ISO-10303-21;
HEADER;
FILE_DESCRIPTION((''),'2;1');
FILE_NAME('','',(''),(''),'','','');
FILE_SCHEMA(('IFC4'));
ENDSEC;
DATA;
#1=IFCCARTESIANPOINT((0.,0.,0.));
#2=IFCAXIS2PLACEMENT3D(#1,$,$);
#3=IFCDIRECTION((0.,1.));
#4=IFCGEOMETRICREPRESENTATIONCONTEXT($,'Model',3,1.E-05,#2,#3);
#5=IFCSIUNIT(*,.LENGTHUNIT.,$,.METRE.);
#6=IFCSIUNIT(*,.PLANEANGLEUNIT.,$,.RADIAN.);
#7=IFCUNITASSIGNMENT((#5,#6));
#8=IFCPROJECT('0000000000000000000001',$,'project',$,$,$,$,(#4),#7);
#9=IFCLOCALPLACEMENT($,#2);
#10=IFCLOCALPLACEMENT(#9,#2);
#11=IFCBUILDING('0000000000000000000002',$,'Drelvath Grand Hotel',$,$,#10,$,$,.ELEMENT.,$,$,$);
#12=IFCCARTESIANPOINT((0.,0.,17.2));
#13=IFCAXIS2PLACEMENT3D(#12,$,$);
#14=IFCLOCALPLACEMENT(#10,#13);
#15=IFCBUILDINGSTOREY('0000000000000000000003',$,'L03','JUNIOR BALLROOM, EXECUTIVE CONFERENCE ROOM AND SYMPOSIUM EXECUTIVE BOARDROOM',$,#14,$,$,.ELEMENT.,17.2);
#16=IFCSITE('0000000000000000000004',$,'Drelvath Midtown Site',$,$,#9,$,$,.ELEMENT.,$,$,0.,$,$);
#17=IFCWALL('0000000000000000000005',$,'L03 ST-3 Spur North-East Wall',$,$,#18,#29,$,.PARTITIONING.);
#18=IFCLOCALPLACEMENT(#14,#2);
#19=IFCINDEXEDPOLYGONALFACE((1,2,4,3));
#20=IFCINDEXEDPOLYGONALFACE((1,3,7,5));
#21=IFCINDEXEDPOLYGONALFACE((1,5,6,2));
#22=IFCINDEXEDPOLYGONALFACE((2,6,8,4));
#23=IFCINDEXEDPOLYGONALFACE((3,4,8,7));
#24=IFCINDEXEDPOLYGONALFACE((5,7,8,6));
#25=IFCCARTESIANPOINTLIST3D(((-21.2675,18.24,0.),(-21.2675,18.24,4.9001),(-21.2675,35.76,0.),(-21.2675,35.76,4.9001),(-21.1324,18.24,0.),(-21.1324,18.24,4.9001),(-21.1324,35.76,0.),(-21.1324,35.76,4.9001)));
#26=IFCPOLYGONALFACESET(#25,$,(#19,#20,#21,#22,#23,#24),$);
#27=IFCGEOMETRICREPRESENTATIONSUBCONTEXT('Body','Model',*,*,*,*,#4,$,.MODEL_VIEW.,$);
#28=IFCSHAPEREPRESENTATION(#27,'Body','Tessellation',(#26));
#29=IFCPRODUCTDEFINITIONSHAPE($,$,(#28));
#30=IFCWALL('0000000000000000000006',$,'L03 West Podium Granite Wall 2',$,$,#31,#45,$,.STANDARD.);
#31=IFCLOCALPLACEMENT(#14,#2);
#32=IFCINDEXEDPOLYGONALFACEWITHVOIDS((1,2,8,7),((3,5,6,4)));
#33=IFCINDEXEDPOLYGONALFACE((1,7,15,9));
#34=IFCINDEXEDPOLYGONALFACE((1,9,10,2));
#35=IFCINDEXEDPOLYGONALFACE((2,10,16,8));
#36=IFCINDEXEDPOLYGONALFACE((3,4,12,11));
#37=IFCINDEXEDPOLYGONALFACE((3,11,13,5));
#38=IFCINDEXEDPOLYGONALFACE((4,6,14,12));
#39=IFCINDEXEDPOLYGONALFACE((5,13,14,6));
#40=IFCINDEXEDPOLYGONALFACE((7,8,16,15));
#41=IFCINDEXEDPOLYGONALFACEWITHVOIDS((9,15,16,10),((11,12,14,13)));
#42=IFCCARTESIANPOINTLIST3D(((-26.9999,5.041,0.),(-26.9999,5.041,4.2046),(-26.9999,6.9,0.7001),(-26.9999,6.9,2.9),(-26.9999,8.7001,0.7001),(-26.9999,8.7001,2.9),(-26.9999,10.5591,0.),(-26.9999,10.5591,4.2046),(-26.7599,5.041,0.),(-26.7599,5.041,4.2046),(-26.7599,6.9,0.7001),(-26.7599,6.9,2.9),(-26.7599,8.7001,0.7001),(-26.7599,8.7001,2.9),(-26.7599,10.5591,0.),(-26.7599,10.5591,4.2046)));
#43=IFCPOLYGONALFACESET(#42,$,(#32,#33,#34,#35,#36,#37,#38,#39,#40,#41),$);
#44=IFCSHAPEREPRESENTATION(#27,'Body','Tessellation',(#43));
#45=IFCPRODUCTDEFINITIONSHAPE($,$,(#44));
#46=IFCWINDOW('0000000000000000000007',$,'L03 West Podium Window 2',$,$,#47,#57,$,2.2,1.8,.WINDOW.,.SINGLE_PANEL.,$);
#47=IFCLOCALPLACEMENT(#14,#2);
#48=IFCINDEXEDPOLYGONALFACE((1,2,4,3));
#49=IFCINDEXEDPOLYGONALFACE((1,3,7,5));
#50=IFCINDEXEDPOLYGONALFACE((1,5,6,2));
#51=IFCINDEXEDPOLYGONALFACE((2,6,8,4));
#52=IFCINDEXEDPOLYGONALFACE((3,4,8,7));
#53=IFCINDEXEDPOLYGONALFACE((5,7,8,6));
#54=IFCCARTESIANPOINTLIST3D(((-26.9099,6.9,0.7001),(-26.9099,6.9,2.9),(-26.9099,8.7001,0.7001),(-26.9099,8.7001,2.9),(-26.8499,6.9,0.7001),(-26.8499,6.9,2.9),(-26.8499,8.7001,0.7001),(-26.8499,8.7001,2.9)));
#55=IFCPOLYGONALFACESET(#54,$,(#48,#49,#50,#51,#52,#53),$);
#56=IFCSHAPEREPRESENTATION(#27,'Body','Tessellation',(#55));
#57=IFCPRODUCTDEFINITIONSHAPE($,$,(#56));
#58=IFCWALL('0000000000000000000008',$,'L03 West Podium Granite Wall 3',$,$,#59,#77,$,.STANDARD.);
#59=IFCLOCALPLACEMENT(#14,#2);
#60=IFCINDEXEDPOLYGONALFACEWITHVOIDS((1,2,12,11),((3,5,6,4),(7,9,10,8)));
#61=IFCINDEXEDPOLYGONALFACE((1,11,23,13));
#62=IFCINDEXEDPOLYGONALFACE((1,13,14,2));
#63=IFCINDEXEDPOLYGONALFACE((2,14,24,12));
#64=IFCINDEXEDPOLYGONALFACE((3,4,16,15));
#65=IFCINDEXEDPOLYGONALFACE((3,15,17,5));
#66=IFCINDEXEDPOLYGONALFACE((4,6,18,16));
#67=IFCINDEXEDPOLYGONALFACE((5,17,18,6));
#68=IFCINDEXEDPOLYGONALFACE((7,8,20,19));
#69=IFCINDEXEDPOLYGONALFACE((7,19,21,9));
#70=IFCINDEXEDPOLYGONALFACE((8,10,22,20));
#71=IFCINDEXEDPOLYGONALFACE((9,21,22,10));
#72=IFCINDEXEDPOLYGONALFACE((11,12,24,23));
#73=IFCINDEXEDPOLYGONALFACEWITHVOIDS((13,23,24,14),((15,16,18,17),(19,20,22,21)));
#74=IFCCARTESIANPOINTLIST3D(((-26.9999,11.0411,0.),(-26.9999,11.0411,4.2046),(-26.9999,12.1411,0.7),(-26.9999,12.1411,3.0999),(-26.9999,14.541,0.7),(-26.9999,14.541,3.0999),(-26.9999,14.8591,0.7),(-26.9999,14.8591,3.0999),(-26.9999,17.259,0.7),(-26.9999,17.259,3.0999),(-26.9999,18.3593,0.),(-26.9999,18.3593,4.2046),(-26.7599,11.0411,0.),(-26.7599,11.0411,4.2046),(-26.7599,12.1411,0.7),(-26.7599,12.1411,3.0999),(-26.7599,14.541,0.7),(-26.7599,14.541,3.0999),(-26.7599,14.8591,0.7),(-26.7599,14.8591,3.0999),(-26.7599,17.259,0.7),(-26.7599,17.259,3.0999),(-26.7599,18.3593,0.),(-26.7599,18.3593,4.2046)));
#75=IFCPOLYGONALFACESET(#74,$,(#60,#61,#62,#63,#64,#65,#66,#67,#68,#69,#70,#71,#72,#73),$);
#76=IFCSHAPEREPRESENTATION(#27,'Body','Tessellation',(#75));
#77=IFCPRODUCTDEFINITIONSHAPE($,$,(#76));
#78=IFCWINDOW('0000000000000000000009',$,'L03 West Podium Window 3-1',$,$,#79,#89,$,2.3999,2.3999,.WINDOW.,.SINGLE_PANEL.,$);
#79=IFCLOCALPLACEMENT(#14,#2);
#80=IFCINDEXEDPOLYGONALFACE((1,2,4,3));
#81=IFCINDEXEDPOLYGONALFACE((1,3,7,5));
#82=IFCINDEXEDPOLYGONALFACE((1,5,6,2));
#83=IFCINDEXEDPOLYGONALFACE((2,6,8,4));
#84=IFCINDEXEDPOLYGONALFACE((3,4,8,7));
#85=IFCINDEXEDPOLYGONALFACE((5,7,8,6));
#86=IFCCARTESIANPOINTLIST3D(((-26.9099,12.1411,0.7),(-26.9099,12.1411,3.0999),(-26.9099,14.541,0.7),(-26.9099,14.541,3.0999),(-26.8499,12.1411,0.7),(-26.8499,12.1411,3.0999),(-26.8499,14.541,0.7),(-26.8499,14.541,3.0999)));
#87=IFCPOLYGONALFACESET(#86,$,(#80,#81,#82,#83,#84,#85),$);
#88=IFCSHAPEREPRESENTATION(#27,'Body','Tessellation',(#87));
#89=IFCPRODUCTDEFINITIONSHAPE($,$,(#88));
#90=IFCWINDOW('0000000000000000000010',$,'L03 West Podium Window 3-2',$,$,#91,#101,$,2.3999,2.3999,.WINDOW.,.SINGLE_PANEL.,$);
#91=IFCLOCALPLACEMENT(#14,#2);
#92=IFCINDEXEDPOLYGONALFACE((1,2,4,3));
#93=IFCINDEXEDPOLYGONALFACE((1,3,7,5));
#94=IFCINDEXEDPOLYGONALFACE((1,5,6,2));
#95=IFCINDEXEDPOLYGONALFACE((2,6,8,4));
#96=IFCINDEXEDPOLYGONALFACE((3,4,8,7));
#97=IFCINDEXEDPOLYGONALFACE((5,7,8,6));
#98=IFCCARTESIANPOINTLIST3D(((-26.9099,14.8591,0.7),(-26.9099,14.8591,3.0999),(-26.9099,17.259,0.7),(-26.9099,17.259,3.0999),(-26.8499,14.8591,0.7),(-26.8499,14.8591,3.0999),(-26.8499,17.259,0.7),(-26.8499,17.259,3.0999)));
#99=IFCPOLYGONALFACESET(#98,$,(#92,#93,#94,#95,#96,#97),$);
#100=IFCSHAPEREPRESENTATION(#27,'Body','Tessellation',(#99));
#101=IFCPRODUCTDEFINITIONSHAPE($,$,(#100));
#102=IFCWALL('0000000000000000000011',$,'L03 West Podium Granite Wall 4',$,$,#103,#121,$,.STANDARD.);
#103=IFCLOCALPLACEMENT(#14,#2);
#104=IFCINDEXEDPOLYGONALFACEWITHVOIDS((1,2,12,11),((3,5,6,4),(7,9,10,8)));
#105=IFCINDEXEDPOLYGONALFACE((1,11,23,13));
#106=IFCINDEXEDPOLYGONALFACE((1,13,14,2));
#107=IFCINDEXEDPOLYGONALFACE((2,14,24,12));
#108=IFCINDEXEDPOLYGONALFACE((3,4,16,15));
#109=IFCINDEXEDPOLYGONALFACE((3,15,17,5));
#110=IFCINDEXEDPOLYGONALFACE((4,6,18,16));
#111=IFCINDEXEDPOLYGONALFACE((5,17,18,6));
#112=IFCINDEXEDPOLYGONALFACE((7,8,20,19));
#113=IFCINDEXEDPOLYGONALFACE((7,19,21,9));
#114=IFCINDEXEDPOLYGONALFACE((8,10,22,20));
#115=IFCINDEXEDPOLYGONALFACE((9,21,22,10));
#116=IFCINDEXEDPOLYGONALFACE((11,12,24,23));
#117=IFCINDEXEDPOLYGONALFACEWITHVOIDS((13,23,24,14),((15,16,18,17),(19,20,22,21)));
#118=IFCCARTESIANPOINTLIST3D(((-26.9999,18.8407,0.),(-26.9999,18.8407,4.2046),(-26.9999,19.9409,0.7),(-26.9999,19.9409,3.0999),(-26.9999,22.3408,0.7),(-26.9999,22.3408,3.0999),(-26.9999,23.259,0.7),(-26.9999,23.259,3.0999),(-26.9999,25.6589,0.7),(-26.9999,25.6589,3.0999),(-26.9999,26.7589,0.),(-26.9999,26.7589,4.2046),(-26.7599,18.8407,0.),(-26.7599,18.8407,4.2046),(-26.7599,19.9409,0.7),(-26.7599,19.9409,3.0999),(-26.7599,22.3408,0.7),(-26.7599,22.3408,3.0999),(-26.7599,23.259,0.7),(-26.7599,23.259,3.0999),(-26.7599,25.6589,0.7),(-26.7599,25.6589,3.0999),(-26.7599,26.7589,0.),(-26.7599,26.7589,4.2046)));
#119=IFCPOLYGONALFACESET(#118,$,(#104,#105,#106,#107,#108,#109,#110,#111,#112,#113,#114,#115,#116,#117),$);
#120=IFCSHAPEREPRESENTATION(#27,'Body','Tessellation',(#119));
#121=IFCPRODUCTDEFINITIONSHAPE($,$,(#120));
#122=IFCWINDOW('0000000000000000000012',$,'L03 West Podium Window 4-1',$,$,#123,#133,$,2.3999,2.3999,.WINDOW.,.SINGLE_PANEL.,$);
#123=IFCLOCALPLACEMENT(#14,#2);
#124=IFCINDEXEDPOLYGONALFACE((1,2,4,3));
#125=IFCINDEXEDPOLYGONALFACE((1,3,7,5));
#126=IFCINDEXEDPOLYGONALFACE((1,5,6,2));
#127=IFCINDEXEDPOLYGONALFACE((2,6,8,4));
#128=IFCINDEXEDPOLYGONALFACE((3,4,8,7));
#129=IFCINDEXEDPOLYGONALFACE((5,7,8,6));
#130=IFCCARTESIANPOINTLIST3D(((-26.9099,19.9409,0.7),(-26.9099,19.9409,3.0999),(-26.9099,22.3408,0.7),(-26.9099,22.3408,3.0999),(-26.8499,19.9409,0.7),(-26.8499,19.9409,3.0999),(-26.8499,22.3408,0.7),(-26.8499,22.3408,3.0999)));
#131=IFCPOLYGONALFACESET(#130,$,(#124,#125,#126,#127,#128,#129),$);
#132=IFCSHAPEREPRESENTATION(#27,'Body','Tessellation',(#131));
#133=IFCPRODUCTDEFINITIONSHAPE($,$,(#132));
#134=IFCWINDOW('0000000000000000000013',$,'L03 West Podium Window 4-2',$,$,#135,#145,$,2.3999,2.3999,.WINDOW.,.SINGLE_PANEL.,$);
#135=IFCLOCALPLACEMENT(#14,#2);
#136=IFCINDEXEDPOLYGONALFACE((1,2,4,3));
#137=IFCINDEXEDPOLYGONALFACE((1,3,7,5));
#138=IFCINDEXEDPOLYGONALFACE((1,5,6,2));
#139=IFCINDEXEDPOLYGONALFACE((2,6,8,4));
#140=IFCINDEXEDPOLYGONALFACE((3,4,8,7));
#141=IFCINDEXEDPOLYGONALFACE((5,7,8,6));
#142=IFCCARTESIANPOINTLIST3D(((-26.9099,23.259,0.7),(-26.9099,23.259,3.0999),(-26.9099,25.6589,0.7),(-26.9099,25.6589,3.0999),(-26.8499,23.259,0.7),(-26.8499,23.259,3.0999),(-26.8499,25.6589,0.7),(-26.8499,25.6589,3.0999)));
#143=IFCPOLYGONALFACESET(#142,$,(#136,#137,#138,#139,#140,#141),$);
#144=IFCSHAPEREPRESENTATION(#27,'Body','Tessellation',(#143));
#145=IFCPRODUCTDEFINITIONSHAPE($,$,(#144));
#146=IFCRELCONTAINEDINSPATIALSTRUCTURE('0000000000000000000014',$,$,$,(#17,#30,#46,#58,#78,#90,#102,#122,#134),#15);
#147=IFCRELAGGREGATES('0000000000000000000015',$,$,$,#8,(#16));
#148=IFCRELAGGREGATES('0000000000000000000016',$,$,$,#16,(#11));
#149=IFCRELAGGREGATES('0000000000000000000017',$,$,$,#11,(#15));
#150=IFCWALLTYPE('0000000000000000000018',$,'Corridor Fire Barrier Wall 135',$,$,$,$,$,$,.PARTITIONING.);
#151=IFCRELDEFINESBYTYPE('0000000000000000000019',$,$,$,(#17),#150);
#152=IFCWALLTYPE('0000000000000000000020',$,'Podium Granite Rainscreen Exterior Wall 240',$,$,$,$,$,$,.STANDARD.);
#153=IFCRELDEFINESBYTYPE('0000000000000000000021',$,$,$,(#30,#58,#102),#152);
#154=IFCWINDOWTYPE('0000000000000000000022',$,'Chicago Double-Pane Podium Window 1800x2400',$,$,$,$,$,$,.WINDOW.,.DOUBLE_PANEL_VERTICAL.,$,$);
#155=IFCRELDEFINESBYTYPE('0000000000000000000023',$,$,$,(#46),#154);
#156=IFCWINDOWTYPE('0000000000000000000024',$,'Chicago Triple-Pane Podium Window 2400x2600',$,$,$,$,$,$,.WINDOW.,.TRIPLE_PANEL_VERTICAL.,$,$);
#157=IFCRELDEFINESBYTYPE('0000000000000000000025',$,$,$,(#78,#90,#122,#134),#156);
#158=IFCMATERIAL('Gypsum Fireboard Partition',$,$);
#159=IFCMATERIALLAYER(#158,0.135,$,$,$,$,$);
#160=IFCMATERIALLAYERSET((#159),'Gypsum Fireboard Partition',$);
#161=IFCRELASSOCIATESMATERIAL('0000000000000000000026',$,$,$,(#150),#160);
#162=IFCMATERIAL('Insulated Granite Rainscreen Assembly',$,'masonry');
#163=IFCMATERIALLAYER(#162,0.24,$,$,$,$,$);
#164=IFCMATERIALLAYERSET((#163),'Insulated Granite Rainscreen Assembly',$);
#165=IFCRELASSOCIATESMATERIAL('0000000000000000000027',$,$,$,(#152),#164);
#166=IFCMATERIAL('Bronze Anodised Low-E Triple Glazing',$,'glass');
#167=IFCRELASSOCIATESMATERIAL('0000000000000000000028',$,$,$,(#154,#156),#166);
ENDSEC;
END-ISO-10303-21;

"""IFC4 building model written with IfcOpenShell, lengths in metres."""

from ifc_helpers import new_model, si_unit, direction, frame, frame_2d, origin, place, context, subcontext, project, spatial, rectangle, extrude, material, layer, layer_set, type_object, element, fill, save


model = new_model("IFC4")

# Units and contexts
model_context = context("Model", 3, precision=1e-05, world=origin(), true_north=direction((0.0, 1.0)))
body_context = subcontext(model_context, "Body", "Model", "MODEL_VIEW")
ifc_project = project(units=[si_unit("LENGTHUNIT", "METRE"), si_unit("PLANEANGLEUNIT", "RADIAN")], contexts=[model_context])

# Site, building, storey
site_placement = place(None, origin())
site = spatial("IfcSite", under=ifc_project, at=site_placement, Name="Drelvath Midtown Site", CompositionType="ELEMENT", RefElevation=0.0)
building_placement = place(site_placement, origin())
building = spatial("IfcBuilding", under=site, at=building_placement, Name="Drelvath Grand Hotel", CompositionType="ELEMENT")
storey_placement = place(building_placement, frame((0.0, 0.0, 17.2)))
storey = spatial("IfcBuildingStorey", under=building, at=storey_placement, Name="L03", Description="JUNIOR BALLROOM, EXECUTIVE CONFERENCE ROOM AND SYMPOSIUM EXECUTIVE BOARDROOM", CompositionType="ELEMENT", Elevation=17.2)

# Shared definitions
ifc_material_1 = material(Name="Gypsum Fireboard Partition")
ifc_layer_1 = layer(ifc_material_1, 0.135)
ifc_layer_set_1 = layer_set([ifc_layer_1], Name="Gypsum Fireboard Partition")
wall_type_1 = type_object("IfcWallType", Name="Corridor Fire Barrier Wall 135", PredefinedType="PARTITIONING", material=ifc_layer_set_1)

# Wall
wall_1_placement = place(storey_placement, frame((-21.2, 18.24, 0.0), z_axis=(0.0, 0.0, 1.0), x_axis=(0.0, 1.0, 0.0)))
element("IfcWall", 1, at=wall_1_placement, inside=storey, type_object=wall_type_1, Name="L03 ST-3 Spur North-East Wall", PredefinedType="PARTITIONING", context=body_context, shape_type="SweptSolid", body=[
    extrude(rectangle(XDim=17.52, YDim=0.135, at=frame_2d((8.76, 0.0))), origin(), (0.0, 0.0, 1.0), 4.9001),
])

# Wall, opening, window
ifc_material_2 = material(Name="Insulated Granite Rainscreen Assembly", Category="masonry")
ifc_layer_2 = layer(ifc_material_2, 0.24)
ifc_layer_set_2 = layer_set([ifc_layer_2], Name="Insulated Granite Rainscreen Assembly")
wall_type_2 = type_object("IfcWallType", Name="Podium Granite Rainscreen Exterior Wall 240", PredefinedType="STANDARD", material=ifc_layer_set_2)
wall_2_placement = place(storey_placement, frame((-26.8799, 5.041, 0.0), z_axis=(0.0, 0.0, 1.0), x_axis=(0.0, 1.0, 0.0)))
wall_2 = element("IfcWall", 2, at=wall_2_placement, inside=storey, type_object=wall_type_2, Name="L03 West Podium Granite Wall 2", PredefinedType="STANDARD", context=body_context, shape_type="SweptSolid", body=[
    extrude(rectangle(XDim=5.5181, YDim=0.24, at=frame_2d((2.759, 0.0))), origin(), (0.0, 0.0, 1.0), 4.2046),
])
opening_1_placement = place(wall_2_placement, frame((1.8591, 0.0, 0.7)))
opening_1 = element("IfcOpeningElement", 3, at=opening_1_placement, cuts=wall_2, PredefinedType="OPENING", context=body_context, shape_type="SweptSolid", body=[
    extrude(rectangle(XDim=1.8, YDim=2.2, at=frame_2d((0.8999, 1.1001))), frame((0.0, 0.1299, 0.0), z_axis=(0.0, -1.0, 0.0), x_axis=(1.0, 0.0, 0.0)), (0.0, 0.0, 1.0), 0.26),
])
ifc_material_3 = material(Name="Bronze Anodised Low-E Triple Glazing", Category="glass")
window_type_1 = type_object("IfcWindowType", Name="Chicago Double-Pane Podium Window 1800x2400", PartitioningType="DOUBLE_PANEL_VERTICAL", PredefinedType="WINDOW", material=ifc_material_3)
window_1_placement = place(opening_1_placement, origin())
window_1 = element("IfcWindow", 4, at=window_1_placement, inside=storey, type_object=window_type_1, Name="L03 West Podium Window 2", OverallHeight=2.2, OverallWidth=1.8, PartitioningType="SINGLE_PANEL", PredefinedType="WINDOW", context=body_context, shape_type="SweptSolid", body=[
    extrude(rectangle(XDim=1.8, YDim=2.2, at=frame_2d((0.8999, 1.1001))), frame((0.0, 0.03, 0.0), z_axis=(0.0, -1.0, 0.0), x_axis=(1.0, 0.0, 0.0)), (0.0, 0.0, 1.0), 0.0601),
])
fill(opening_1, window_1)

# Walls, openings, windows
wall_3_placement = place(storey_placement, frame((-26.8799, 11.041, 0.0), z_axis=(0.0, 0.0, 1.0), x_axis=(0.0, 1.0, 0.0)))
wall_3 = element("IfcWall", 5, at=wall_3_placement, inside=storey, type_object=wall_type_2, Name="L03 West Podium Granite Wall 3", PredefinedType="STANDARD", context=body_context, shape_type="SweptSolid", body=[
    extrude(rectangle(XDim=7.3181, YDim=0.24, at=frame_2d((3.6592, 0.0))), origin(), (0.0, 0.0, 1.0), 4.2046),
])
opening_2_placement = place(wall_3_placement, frame((1.1001, 0.0, 0.7)))
opening_2 = element("IfcOpeningElement", 6, at=opening_2_placement, cuts=wall_3, PredefinedType="OPENING", context=body_context, shape_type="SweptSolid", body=[
    extrude(rectangle(XDim=2.3999, YDim=2.3999, at=frame_2d((1.2, 1.2))), frame((0.0, 0.1299, 0.0), z_axis=(0.0, -1.0, 0.0), x_axis=(1.0, 0.0, 0.0)), (0.0, 0.0, 1.0), 0.26),
])
opening_3_placement = place(wall_3_placement, frame((3.8181, 0.0, 0.7)))
opening_3 = element("IfcOpeningElement", 7, at=opening_3_placement, cuts=wall_3, PredefinedType="OPENING", context=body_context, shape_type="SweptSolid", body=[
    extrude(rectangle(XDim=2.3999, YDim=2.3999, at=frame_2d((1.2, 1.2))), frame((0.0, 0.1299, 0.0), z_axis=(0.0, -1.0, 0.0), x_axis=(1.0, 0.0, 0.0)), (0.0, 0.0, 1.0), 0.26),
])
window_type_2 = type_object("IfcWindowType", Name="Chicago Triple-Pane Podium Window 2400x2600", PartitioningType="TRIPLE_PANEL_VERTICAL", PredefinedType="WINDOW", material=ifc_material_3)
window_2_placement = place(opening_2_placement, origin())
window_2 = element("IfcWindow", 8, at=window_2_placement, inside=storey, type_object=window_type_2, Name="L03 West Podium Window 3-1", OverallHeight=2.3999, OverallWidth=2.3999, PartitioningType="SINGLE_PANEL", PredefinedType="WINDOW", context=body_context, shape_type="SweptSolid", body=[
    extrude(rectangle(XDim=2.3999, YDim=2.3999, at=frame_2d((1.2, 1.2))), frame((0.0, 0.03, 0.0), z_axis=(0.0, -1.0, 0.0), x_axis=(1.0, 0.0, 0.0)), (0.0, 0.0, 1.0), 0.0601),
])
fill(opening_2, window_2)
window_3_placement = place(opening_3_placement, origin())
window_3 = element("IfcWindow", 9, at=window_3_placement, inside=storey, type_object=window_type_2, Name="L03 West Podium Window 3-2", OverallHeight=2.3999, OverallWidth=2.3999, PartitioningType="SINGLE_PANEL", PredefinedType="WINDOW", context=body_context, shape_type="SweptSolid", body=[
    extrude(rectangle(XDim=2.3999, YDim=2.3999, at=frame_2d((1.2, 1.2))), frame((0.0, 0.03, 0.0), z_axis=(0.0, -1.0, 0.0), x_axis=(1.0, 0.0, 0.0)), (0.0, 0.0, 1.0), 0.0601),
])
fill(opening_3, window_3)
wall_4_placement = place(storey_placement, frame((-26.8799, 18.8408, 0.0), z_axis=(0.0, 0.0, 1.0), x_axis=(0.0, 1.0, 0.0)))
wall_4 = element("IfcWall", 10, at=wall_4_placement, inside=storey, type_object=wall_type_2, Name="L03 West Podium Granite Wall 4", PredefinedType="STANDARD", context=body_context, shape_type="SweptSolid", body=[
    extrude(rectangle(XDim=7.9182, YDim=0.24, at=frame_2d((3.959, 0.0))), origin(), (0.0, 0.0, 1.0), 4.2046),
])
opening_4_placement = place(wall_4_placement, frame((1.1001, 0.0, 0.7)))
opening_4 = element("IfcOpeningElement", 11, at=opening_4_placement, cuts=wall_4, PredefinedType="OPENING", context=body_context, shape_type="SweptSolid", body=[
    extrude(rectangle(XDim=2.3999, YDim=2.3999, at=frame_2d((1.2, 1.2))), frame((0.0, 0.1299, 0.0), z_axis=(0.0, -1.0, 0.0), x_axis=(1.0, 0.0, 0.0)), (0.0, 0.0, 1.0), 0.26),
])
opening_5_placement = place(wall_4_placement, frame((4.4182, 0.0, 0.7)))
opening_5 = element("IfcOpeningElement", 12, at=opening_5_placement, cuts=wall_4, PredefinedType="OPENING", context=body_context, shape_type="SweptSolid", body=[
    extrude(rectangle(XDim=2.3999, YDim=2.3999, at=frame_2d((1.2, 1.2))), frame((0.0, 0.1299, 0.0), z_axis=(0.0, -1.0, 0.0), x_axis=(1.0, 0.0, 0.0)), (0.0, 0.0, 1.0), 0.26),
])
window_4_placement = place(opening_4_placement, origin())
window_4 = element("IfcWindow", 13, at=window_4_placement, inside=storey, type_object=window_type_2, Name="L03 West Podium Window 4-1", OverallHeight=2.3999, OverallWidth=2.3999, PartitioningType="SINGLE_PANEL", PredefinedType="WINDOW", context=body_context, shape_type="SweptSolid", body=[
    extrude(rectangle(XDim=2.3999, YDim=2.3999, at=frame_2d((1.2, 1.2))), frame((0.0, 0.03, 0.0), z_axis=(0.0, -1.0, 0.0), x_axis=(1.0, 0.0, 0.0)), (0.0, 0.0, 1.0), 0.0601),
])
fill(opening_4, window_4)
window_5_placement = place(opening_5_placement, origin())
window_5 = element("IfcWindow", 14, at=window_5_placement, inside=storey, type_object=window_type_2, Name="L03 West Podium Window 4-2", OverallHeight=2.3999, OverallWidth=2.3999, PartitioningType="SINGLE_PANEL", PredefinedType="WINDOW", context=body_context, shape_type="SweptSolid", body=[
    extrude(rectangle(XDim=2.3999, YDim=2.3999, at=frame_2d((1.2, 1.2))), frame((0.0, 0.03, 0.0), z_axis=(0.0, -1.0, 0.0), x_axis=(1.0, 0.0, 0.0)), (0.0, 0.0, 1.0), 0.0601),
])
fill(opening_5, window_5)

save(model, "model.ifc")
